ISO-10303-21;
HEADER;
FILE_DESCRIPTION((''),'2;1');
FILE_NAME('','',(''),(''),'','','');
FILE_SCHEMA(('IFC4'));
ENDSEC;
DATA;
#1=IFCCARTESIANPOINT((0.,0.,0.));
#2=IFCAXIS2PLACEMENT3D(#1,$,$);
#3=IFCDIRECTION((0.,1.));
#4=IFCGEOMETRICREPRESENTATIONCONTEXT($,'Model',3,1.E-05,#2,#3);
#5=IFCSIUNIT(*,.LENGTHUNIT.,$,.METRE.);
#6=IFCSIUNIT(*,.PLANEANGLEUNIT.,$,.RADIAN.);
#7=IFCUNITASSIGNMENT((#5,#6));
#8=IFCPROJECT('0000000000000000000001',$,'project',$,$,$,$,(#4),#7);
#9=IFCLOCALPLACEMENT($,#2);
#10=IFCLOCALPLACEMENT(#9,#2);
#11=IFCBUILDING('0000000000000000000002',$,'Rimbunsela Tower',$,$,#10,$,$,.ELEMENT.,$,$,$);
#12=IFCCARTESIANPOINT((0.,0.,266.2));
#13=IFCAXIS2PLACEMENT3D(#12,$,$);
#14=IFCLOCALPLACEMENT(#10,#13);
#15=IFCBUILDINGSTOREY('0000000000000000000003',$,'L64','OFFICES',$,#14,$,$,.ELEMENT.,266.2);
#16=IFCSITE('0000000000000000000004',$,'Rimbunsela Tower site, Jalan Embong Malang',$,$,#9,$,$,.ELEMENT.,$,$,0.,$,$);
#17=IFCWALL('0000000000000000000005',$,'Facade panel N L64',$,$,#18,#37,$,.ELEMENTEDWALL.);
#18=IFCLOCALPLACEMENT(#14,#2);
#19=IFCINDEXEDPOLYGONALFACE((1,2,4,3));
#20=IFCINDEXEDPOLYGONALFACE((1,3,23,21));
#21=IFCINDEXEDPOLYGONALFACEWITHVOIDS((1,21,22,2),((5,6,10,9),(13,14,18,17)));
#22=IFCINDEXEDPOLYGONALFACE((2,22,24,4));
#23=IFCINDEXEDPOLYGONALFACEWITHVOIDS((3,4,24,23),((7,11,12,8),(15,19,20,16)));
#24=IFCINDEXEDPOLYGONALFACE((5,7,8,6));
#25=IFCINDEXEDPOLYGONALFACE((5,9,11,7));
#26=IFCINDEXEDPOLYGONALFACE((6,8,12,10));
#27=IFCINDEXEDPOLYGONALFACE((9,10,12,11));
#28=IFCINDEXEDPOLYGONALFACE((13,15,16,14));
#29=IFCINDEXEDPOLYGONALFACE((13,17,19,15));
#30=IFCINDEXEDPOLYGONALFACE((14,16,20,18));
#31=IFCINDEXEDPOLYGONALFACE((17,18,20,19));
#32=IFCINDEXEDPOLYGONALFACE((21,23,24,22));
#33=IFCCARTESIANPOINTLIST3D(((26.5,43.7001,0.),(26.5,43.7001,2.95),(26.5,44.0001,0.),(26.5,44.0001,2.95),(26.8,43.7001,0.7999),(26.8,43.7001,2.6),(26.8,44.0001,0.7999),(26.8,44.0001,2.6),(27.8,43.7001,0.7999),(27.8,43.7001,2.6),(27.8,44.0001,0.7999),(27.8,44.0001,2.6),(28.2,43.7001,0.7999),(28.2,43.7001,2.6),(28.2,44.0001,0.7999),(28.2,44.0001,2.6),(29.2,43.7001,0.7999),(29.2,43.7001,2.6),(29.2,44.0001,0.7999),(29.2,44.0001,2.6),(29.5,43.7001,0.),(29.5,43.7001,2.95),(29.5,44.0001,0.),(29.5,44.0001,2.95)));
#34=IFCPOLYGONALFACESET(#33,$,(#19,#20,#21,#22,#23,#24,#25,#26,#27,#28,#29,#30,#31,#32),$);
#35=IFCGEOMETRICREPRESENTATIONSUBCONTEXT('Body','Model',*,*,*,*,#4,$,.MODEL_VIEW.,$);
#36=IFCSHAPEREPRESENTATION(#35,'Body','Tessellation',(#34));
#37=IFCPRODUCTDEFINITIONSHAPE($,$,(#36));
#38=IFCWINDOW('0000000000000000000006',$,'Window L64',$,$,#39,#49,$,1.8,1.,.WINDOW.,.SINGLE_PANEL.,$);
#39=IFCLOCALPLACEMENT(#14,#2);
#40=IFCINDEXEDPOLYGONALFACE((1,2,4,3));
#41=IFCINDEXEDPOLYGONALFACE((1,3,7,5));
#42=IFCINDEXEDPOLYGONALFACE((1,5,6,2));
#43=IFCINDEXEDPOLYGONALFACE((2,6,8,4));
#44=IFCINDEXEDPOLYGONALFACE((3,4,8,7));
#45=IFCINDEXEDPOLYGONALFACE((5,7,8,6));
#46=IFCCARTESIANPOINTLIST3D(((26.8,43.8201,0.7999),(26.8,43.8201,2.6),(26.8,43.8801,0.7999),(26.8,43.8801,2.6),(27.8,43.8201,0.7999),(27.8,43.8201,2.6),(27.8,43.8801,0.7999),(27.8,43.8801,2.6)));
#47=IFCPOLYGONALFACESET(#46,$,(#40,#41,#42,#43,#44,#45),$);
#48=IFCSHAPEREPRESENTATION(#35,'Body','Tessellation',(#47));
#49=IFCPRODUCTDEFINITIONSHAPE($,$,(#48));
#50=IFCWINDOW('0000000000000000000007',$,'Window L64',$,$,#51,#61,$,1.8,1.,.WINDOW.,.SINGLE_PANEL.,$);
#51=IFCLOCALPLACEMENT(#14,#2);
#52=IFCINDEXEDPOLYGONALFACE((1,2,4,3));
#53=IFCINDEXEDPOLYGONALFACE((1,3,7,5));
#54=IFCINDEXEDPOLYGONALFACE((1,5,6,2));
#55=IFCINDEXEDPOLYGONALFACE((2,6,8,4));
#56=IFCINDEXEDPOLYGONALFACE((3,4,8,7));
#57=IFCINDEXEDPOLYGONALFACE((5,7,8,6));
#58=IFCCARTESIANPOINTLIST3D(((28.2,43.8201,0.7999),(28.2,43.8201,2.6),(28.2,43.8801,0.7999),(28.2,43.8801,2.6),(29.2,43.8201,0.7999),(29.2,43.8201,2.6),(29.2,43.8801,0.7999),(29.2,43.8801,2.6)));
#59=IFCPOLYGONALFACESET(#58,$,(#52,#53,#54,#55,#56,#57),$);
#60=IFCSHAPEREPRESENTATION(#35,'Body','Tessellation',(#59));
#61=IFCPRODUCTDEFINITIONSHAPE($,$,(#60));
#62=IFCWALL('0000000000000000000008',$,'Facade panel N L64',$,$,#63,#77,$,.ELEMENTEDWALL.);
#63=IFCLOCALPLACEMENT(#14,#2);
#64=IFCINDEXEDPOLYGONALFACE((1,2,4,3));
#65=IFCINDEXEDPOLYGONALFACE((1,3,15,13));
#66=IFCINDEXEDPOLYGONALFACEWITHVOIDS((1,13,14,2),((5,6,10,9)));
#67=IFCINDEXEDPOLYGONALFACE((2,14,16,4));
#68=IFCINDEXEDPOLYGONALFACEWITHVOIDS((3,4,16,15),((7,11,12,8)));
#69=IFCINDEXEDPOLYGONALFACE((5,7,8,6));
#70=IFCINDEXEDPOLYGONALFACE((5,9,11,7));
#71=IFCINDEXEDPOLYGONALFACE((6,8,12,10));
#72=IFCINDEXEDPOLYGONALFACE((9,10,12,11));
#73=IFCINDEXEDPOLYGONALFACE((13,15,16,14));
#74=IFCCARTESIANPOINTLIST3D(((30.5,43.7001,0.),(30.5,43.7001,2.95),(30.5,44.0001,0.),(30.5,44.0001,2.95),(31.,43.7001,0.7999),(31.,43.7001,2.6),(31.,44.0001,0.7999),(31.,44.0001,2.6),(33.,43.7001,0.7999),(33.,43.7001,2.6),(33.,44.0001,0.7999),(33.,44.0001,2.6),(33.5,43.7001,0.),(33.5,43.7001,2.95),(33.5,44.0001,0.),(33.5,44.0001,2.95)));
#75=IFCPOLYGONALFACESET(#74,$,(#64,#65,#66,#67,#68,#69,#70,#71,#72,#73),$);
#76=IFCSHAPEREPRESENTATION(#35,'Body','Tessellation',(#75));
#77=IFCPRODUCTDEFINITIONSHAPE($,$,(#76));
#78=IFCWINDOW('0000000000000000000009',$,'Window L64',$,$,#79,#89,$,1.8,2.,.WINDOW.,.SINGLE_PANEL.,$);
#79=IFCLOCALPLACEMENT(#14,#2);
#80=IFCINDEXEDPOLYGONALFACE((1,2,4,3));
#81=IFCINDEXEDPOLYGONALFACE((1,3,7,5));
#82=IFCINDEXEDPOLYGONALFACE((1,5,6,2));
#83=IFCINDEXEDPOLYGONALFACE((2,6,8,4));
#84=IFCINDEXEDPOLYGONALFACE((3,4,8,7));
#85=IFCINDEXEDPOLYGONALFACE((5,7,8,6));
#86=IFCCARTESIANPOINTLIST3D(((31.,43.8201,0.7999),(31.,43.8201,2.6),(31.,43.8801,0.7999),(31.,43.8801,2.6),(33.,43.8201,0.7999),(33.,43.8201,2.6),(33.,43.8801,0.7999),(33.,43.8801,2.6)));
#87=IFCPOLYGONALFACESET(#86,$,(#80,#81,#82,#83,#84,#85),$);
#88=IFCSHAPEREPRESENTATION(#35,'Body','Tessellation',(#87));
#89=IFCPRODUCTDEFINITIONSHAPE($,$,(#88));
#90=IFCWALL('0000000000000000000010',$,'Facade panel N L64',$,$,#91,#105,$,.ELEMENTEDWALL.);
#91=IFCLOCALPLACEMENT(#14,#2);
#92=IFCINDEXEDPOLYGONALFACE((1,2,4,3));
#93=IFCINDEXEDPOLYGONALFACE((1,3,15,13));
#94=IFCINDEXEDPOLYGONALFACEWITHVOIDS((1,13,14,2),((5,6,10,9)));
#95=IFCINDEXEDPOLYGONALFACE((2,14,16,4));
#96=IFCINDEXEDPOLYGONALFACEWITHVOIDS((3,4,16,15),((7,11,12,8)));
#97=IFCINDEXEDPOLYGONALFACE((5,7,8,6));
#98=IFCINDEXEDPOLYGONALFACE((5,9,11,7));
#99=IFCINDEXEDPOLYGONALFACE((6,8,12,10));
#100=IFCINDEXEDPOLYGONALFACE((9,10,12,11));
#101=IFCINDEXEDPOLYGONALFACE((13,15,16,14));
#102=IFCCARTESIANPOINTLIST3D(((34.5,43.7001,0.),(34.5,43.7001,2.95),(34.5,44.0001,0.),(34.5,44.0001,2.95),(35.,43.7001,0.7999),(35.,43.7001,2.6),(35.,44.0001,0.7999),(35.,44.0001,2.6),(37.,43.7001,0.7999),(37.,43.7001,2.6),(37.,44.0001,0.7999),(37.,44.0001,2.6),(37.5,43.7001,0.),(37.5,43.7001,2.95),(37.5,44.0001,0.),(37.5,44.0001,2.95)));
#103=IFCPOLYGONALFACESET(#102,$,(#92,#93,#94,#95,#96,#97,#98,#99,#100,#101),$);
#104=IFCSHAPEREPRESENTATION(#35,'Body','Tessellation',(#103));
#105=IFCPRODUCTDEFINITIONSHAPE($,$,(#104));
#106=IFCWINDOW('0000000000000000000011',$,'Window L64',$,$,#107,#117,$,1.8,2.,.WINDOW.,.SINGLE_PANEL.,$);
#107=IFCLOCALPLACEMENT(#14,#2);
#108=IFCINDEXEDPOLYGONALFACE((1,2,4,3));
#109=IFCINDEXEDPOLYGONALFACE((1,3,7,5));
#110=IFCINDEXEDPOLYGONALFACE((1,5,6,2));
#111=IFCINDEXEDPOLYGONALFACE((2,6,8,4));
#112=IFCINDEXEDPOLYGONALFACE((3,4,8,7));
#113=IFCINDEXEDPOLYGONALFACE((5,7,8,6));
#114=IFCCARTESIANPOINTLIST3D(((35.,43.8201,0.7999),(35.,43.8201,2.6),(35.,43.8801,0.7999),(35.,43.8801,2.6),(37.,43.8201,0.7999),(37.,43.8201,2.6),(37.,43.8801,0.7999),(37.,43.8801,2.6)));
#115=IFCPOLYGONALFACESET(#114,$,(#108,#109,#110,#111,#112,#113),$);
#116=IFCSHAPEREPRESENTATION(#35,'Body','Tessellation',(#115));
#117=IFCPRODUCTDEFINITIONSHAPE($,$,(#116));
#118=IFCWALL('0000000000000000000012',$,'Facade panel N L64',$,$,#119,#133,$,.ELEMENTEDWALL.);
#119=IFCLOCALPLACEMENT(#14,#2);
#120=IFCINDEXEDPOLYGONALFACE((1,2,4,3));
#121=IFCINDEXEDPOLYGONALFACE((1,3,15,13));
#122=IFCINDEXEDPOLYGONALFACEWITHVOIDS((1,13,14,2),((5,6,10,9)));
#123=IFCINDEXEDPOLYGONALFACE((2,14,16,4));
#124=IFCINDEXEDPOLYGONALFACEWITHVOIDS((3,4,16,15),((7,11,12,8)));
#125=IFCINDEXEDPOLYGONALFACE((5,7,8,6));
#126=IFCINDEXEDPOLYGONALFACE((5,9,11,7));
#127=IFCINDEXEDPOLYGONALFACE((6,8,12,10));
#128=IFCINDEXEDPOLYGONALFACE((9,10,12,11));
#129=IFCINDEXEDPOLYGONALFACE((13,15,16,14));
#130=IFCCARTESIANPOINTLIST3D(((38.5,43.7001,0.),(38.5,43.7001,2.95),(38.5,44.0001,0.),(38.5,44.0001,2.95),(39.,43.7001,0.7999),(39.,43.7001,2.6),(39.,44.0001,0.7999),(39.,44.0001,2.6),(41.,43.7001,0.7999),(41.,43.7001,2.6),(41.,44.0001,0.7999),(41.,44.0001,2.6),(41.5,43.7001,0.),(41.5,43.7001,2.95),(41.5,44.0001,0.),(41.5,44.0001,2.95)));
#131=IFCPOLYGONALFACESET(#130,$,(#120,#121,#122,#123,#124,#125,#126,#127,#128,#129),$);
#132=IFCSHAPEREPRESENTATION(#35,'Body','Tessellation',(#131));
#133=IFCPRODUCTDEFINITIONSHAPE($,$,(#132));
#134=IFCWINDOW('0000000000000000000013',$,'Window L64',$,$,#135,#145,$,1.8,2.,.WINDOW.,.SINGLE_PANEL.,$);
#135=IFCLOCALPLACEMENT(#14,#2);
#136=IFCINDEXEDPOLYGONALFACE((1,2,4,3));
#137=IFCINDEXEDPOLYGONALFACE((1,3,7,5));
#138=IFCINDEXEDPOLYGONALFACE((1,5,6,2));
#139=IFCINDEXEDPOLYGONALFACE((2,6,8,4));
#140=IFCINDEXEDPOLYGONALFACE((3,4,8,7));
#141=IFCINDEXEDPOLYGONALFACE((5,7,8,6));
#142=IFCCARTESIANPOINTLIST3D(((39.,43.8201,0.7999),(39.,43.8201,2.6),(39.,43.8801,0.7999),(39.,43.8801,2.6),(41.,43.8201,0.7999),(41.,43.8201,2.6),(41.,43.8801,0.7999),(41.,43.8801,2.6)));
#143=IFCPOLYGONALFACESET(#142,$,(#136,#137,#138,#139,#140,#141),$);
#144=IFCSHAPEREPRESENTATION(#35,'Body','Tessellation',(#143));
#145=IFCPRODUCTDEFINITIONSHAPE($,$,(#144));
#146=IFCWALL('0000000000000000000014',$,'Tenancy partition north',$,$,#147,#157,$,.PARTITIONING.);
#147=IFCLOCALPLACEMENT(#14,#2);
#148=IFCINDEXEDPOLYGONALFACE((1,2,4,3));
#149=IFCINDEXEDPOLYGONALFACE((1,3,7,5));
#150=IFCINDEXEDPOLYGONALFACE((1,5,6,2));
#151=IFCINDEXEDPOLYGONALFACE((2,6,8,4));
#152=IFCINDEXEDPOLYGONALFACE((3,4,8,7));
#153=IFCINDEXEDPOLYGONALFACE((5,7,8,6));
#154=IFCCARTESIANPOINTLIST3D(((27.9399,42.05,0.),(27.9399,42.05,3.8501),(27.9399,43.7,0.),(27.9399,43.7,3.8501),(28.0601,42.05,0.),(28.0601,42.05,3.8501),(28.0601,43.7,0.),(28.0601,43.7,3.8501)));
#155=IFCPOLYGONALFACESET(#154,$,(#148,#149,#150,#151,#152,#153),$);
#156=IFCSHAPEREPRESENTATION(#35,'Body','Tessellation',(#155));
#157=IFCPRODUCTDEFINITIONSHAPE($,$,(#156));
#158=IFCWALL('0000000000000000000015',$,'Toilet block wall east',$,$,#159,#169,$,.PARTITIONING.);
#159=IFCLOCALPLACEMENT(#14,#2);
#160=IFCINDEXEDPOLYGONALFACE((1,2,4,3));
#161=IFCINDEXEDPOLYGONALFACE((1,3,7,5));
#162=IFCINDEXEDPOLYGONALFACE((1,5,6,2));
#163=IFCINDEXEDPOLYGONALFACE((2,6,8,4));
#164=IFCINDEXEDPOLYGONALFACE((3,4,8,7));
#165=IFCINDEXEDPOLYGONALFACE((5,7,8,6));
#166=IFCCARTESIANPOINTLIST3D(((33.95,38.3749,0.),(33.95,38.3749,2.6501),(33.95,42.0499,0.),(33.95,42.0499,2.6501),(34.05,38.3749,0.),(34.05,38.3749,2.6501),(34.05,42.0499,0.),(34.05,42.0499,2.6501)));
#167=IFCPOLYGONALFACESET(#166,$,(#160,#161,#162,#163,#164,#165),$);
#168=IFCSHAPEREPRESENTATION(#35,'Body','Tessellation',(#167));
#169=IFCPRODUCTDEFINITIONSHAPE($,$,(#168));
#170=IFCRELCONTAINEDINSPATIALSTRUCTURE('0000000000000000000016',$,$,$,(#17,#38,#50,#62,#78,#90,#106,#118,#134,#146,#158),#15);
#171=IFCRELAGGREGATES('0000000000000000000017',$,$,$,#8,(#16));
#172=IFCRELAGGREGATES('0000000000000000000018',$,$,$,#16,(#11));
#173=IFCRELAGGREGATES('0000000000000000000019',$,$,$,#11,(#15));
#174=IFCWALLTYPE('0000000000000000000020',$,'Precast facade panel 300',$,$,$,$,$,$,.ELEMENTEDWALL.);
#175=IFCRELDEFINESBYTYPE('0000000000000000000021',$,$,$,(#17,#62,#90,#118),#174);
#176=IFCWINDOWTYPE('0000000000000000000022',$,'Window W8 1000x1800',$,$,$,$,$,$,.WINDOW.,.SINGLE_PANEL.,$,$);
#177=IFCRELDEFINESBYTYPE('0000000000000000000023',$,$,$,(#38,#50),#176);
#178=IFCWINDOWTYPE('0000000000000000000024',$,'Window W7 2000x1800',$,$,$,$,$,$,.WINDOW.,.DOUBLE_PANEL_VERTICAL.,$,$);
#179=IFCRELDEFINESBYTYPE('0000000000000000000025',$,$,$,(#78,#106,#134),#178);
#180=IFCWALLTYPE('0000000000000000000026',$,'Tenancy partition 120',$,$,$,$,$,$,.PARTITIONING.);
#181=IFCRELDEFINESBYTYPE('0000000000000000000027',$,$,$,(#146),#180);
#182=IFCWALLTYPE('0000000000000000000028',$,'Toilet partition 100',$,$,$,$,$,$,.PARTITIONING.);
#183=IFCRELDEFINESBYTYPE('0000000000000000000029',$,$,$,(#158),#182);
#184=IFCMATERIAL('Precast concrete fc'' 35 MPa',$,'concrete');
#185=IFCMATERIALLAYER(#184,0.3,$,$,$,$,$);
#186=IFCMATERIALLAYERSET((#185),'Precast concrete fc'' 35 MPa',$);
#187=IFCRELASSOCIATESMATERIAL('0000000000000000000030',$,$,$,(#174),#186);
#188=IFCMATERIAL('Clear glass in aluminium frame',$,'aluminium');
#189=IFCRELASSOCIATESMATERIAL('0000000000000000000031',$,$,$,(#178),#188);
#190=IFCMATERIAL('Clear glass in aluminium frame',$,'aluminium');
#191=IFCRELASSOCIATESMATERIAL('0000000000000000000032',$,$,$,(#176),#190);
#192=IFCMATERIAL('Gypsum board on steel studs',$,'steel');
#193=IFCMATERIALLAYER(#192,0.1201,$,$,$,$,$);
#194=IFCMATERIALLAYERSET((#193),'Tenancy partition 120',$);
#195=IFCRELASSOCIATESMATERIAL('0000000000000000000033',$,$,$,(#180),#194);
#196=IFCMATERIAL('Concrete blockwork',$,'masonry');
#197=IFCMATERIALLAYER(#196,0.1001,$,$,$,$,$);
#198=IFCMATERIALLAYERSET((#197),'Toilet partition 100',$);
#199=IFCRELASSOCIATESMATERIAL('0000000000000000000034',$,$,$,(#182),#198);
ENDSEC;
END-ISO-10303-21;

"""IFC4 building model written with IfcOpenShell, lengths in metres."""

from ifc_helpers import new_model, si_unit, direction, frame, frame_2d, origin, place, context, subcontext, project, spatial, rectangle, extrude, material, layer, layer_set, type_object, element, fill, save


model = new_model("IFC4")

# Units and contexts
model_context = context("Model", 3, precision=1e-05, world=origin(), true_north=direction((0.0, 1.0)))
body_context = subcontext(model_context, "Body", "Model", "MODEL_VIEW")
ifc_project = project(units=[si_unit("LENGTHUNIT", "METRE"), si_unit("PLANEANGLEUNIT", "RADIAN")], contexts=[model_context])

# Site, building, storey
site_placement = place(None, origin())
site = spatial("IfcSite", under=ifc_project, at=site_placement, Name="Rimbunsela Tower site, Jalan Embong Malang", CompositionType="ELEMENT", RefElevation=0.0)
building_placement = place(site_placement, origin())
building = spatial("IfcBuilding", under=site, at=building_placement, Name="Rimbunsela Tower", CompositionType="ELEMENT")
storey_placement = place(building_placement, frame((0.0, 0.0, 266.2)))
storey = spatial("IfcBuildingStorey", under=building, at=storey_placement, Name="L64", Description="OFFICES", CompositionType="ELEMENT", Elevation=266.2)

# Shared definitions
ifc_material_1 = material(Name="Precast concrete fc' 35 MPa", Category="concrete")
ifc_layer_1 = layer(ifc_material_1, 0.3)
ifc_layer_set_1 = layer_set([ifc_layer_1], Name="Precast concrete fc' 35 MPa")
wall_type_1 = type_object("IfcWallType", Name="Precast facade panel 300", PredefinedType="ELEMENTEDWALL", material=ifc_layer_set_1)
ifc_material_2 = material(Name="Clear glass in aluminium frame", Category="aluminium")
window_type_1 = type_object("IfcWindowType", Name="Window W7 2000x1800", PartitioningType="DOUBLE_PANEL_VERTICAL", PredefinedType="WINDOW", material=ifc_material_2)

# Wall, openings, windows
wall_1_placement = place(storey_placement, frame((29.5, 43.8501, 0.0), z_axis=(0.0, 0.0, 1.0), x_axis=(-1.0, 0.0, 0.0)))
wall_1 = element("IfcWall", 1, at=wall_1_placement, inside=storey, type_object=wall_type_1, Name="Facade panel N L64", PredefinedType="ELEMENTEDWALL", context=body_context, shape_type="SweptSolid", body=[
    extrude(rectangle(XDim=3.0, YDim=0.3, at=frame_2d((1.5, 0.0))), origin(), (0.0, 0.0, 1.0), 2.95),
])
opening_1_placement = place(wall_1_placement, frame((1.7, 0.0, 0.8)))
opening_1 = element("IfcOpeningElement", 2, at=opening_1_placement, cuts=wall_1, PredefinedType="OPENING", context=body_context, shape_type="SweptSolid", body=[
    extrude(rectangle(XDim=1.0, YDim=1.8, at=frame_2d((0.5, 0.8999))), frame((0.0, 0.1599, 0.0), z_axis=(0.0, -1.0, 0.0), x_axis=(1.0, 0.0, 0.0)), (0.0, 0.0, 1.0), 0.3201),
])
opening_2_placement = place(wall_1_placement, frame((0.3, 0.0, 0.8)))
opening_2 = element("IfcOpeningElement", 3, at=opening_2_placement, cuts=wall_1, PredefinedType="OPENING", context=body_context, shape_type="SweptSolid", body=[
    extrude(rectangle(XDim=1.0, YDim=1.8, at=frame_2d((0.5, 0.8999))), frame((0.0, 0.1599, 0.0), z_axis=(0.0, -1.0, 0.0), x_axis=(1.0, 0.0, 0.0)), (0.0, 0.0, 1.0), 0.3201),
])
ifc_material_3 = material(Name="Clear glass in aluminium frame", Category="aluminium")
window_type_2 = type_object("IfcWindowType", Name="Window W8 1000x1800", PartitioningType="SINGLE_PANEL", PredefinedType="WINDOW", material=ifc_material_3)
window_1_placement = place(opening_1_placement, origin())
window_1 = element("IfcWindow", 4, at=window_1_placement, inside=storey, type_object=window_type_2, Name="Window L64", OverallHeight=1.8, OverallWidth=1.0, PartitioningType="SINGLE_PANEL", PredefinedType="WINDOW", context=body_context, shape_type="SweptSolid", body=[
    extrude(rectangle(XDim=1.0, YDim=1.8, at=frame_2d((0.5, 0.8999))), frame((0.0, 0.03, 0.0), z_axis=(0.0, -1.0, 0.0), x_axis=(1.0, 0.0, 0.0)), (0.0, 0.0, 1.0), 0.0601),
])
fill(opening_1, window_1)
window_2_placement = place(opening_2_placement, origin())
window_2 = element("IfcWindow", 5, at=window_2_placement, inside=storey, type_object=window_type_2, Name="Window L64", OverallHeight=1.8, OverallWidth=1.0, PartitioningType="SINGLE_PANEL", PredefinedType="WINDOW", context=body_context, shape_type="SweptSolid", body=[
    extrude(rectangle(XDim=1.0, YDim=1.8, at=frame_2d((0.5, 0.8999))), frame((0.0, 0.03, 0.0), z_axis=(0.0, -1.0, 0.0), x_axis=(1.0, 0.0, 0.0)), (0.0, 0.0, 1.0), 0.0601),
])
fill(opening_2, window_2)

# Walls, openings, windows
wall_2_placement = place(storey_placement, frame((33.5, 43.8501, 0.0), z_axis=(0.0, 0.0, 1.0), x_axis=(-1.0, 0.0, 0.0)))
wall_2 = element("IfcWall", 6, at=wall_2_placement, inside=storey, type_object=wall_type_1, Name="Facade panel N L64", PredefinedType="ELEMENTEDWALL", context=body_context, shape_type="SweptSolid", body=[
    extrude(rectangle(XDim=3.0, YDim=0.3, at=frame_2d((1.5, 0.0))), origin(), (0.0, 0.0, 1.0), 2.95),
])
opening_3_placement = place(wall_2_placement, frame((0.5, 0.0, 0.8)))
opening_3 = element("IfcOpeningElement", 7, at=opening_3_placement, cuts=wall_2, PredefinedType="OPENING", context=body_context, shape_type="SweptSolid", body=[
    extrude(rectangle(XDim=2.0, YDim=1.8, at=frame_2d((1.0, 0.8999))), frame((0.0, 0.1599, 0.0), z_axis=(0.0, -1.0, 0.0), x_axis=(1.0, 0.0, 0.0)), (0.0, 0.0, 1.0), 0.3201),
])
window_3_placement = place(opening_3_placement, origin())
window_3 = element("IfcWindow", 8, at=window_3_placement, inside=storey, type_object=window_type_1, Name="Window L64", OverallHeight=1.8, OverallWidth=2.0, PartitioningType="SINGLE_PANEL", PredefinedType="WINDOW", context=body_context, shape_type="SweptSolid", body=[
    extrude(rectangle(XDim=2.0, YDim=1.8, at=frame_2d((1.0, 0.8999))), frame((0.0, 0.03, 0.0), z_axis=(0.0, -1.0, 0.0), x_axis=(1.0, 0.0, 0.0)), (0.0, 0.0, 1.0), 0.0601),
])
fill(opening_3, window_3)
wall_3_placement = place(storey_placement, frame((37.5, 43.8501, 0.0), z_axis=(0.0, 0.0, 1.0), x_axis=(-1.0, 0.0, 0.0)))
wall_3 = element("IfcWall", 9, at=wall_3_placement, inside=storey, type_object=wall_type_1, Name="Facade panel N L64", PredefinedType="ELEMENTEDWALL", context=body_context, shape_type="SweptSolid", body=[
    extrude(rectangle(XDim=3.0, YDim=0.3, at=frame_2d((1.5, 0.0))), origin(), (0.0, 0.0, 1.0), 2.95),
])
opening_4_placement = place(wall_3_placement, frame((0.5, 0.0, 0.8)))
opening_4 = element("IfcOpeningElement", 10, at=opening_4_placement, cuts=wall_3, PredefinedType="OPENING", context=body_context, shape_type="SweptSolid", body=[
    extrude(rectangle(XDim=2.0, YDim=1.8, at=frame_2d((1.0, 0.8999))), frame((0.0, 0.1599, 0.0), z_axis=(0.0, -1.0, 0.0), x_axis=(1.0, 0.0, 0.0)), (0.0, 0.0, 1.0), 0.3201),
])
window_4_placement = place(opening_4_placement, origin())
window_4 = element("IfcWindow", 11, at=window_4_placement, inside=storey, type_object=window_type_1, Name="Window L64", OverallHeight=1.8, OverallWidth=2.0, PartitioningType="SINGLE_PANEL", PredefinedType="WINDOW", context=body_context, shape_type="SweptSolid", body=[
    extrude(rectangle(XDim=2.0, YDim=1.8, at=frame_2d((1.0, 0.8999))), frame((0.0, 0.03, 0.0), z_axis=(0.0, -1.0, 0.0), x_axis=(1.0, 0.0, 0.0)), (0.0, 0.0, 1.0), 0.0601),
])
fill(opening_4, window_4)
wall_4_placement = place(storey_placement, frame((41.5, 43.8501, 0.0), z_axis=(0.0, 0.0, 1.0), x_axis=(-1.0, 0.0, 0.0)))
wall_4 = element("IfcWall", 12, at=wall_4_placement, inside=storey, type_object=wall_type_1, Name="Facade panel N L64", PredefinedType="ELEMENTEDWALL", context=body_context, shape_type="SweptSolid", body=[
    extrude(rectangle(XDim=3.0, YDim=0.3, at=frame_2d((1.5, 0.0))), origin(), (0.0, 0.0, 1.0), 2.95),
])
opening_5_placement = place(wall_4_placement, frame((0.5, 0.0, 0.8)))
opening_5 = element("IfcOpeningElement", 13, at=opening_5_placement, cuts=wall_4, PredefinedType="OPENING", context=body_context, shape_type="SweptSolid", body=[
    extrude(rectangle(XDim=2.0, YDim=1.8, at=frame_2d((1.0, 0.8999))), frame((0.0, 0.1599, 0.0), z_axis=(0.0, -1.0, 0.0), x_axis=(1.0, 0.0, 0.0)), (0.0, 0.0, 1.0), 0.3201),
])
window_5_placement = place(opening_5_placement, origin())
window_5 = element("IfcWindow", 14, at=window_5_placement, inside=storey, type_object=window_type_1, Name="Window L64", OverallHeight=1.8, OverallWidth=2.0, PartitioningType="SINGLE_PANEL", PredefinedType="WINDOW", context=body_context, shape_type="SweptSolid", body=[
    extrude(rectangle(XDim=2.0, YDim=1.8, at=frame_2d((1.0, 0.8999))), frame((0.0, 0.03, 0.0), z_axis=(0.0, -1.0, 0.0), x_axis=(1.0, 0.0, 0.0)), (0.0, 0.0, 1.0), 0.0601),
])
fill(opening_5, window_5)

# Walls
ifc_material_4 = material(Name="Gypsum board on steel studs", Category="steel")
ifc_layer_2 = layer(ifc_material_4, 0.1201)
ifc_layer_set_2 = layer_set([ifc_layer_2], Name="Tenancy partition 120")
wall_type_2 = type_object("IfcWallType", Name="Tenancy partition 120", PredefinedType="PARTITIONING", material=ifc_layer_set_2)
wall_5_placement = place(storey_placement, frame((28.0, 42.05, 0.0), z_axis=(0.0, 0.0, 1.0), x_axis=(0.0, 1.0, 0.0)))
element("IfcWall", 15, at=wall_5_placement, inside=storey, type_object=wall_type_2, Name="Tenancy partition north", PredefinedType="PARTITIONING", context=body_context, shape_type="SweptSolid", body=[
    extrude(rectangle(XDim=1.6499, YDim=0.1201, at=frame_2d((0.825, 0.0))), origin(), (0.0, 0.0, 1.0), 3.8501),
])
ifc_material_5 = material(Name="Concrete blockwork", Category="masonry")
ifc_layer_3 = layer(ifc_material_5, 0.1001)
ifc_layer_set_3 = layer_set([ifc_layer_3], Name="Toilet partition 100")
wall_type_3 = type_object("IfcWallType", Name="Toilet partition 100", PredefinedType="PARTITIONING", material=ifc_layer_set_3)
wall_6_placement = place(storey_placement, frame((34.0, 38.375, 0.0), z_axis=(0.0, 0.0, 1.0), x_axis=(0.0, 1.0, 0.0)))
element("IfcWall", 16, at=wall_6_placement, inside=storey, type_object=wall_type_3, Name="Toilet block wall east", PredefinedType="PARTITIONING", context=body_context, shape_type="SweptSolid", body=[
    extrude(rectangle(XDim=3.675, YDim=0.1001, at=frame_2d((1.8374, 0.0))), origin(), (0.0, 0.0, 1.0), 2.6501),
])

save(model, "model.ifc")
